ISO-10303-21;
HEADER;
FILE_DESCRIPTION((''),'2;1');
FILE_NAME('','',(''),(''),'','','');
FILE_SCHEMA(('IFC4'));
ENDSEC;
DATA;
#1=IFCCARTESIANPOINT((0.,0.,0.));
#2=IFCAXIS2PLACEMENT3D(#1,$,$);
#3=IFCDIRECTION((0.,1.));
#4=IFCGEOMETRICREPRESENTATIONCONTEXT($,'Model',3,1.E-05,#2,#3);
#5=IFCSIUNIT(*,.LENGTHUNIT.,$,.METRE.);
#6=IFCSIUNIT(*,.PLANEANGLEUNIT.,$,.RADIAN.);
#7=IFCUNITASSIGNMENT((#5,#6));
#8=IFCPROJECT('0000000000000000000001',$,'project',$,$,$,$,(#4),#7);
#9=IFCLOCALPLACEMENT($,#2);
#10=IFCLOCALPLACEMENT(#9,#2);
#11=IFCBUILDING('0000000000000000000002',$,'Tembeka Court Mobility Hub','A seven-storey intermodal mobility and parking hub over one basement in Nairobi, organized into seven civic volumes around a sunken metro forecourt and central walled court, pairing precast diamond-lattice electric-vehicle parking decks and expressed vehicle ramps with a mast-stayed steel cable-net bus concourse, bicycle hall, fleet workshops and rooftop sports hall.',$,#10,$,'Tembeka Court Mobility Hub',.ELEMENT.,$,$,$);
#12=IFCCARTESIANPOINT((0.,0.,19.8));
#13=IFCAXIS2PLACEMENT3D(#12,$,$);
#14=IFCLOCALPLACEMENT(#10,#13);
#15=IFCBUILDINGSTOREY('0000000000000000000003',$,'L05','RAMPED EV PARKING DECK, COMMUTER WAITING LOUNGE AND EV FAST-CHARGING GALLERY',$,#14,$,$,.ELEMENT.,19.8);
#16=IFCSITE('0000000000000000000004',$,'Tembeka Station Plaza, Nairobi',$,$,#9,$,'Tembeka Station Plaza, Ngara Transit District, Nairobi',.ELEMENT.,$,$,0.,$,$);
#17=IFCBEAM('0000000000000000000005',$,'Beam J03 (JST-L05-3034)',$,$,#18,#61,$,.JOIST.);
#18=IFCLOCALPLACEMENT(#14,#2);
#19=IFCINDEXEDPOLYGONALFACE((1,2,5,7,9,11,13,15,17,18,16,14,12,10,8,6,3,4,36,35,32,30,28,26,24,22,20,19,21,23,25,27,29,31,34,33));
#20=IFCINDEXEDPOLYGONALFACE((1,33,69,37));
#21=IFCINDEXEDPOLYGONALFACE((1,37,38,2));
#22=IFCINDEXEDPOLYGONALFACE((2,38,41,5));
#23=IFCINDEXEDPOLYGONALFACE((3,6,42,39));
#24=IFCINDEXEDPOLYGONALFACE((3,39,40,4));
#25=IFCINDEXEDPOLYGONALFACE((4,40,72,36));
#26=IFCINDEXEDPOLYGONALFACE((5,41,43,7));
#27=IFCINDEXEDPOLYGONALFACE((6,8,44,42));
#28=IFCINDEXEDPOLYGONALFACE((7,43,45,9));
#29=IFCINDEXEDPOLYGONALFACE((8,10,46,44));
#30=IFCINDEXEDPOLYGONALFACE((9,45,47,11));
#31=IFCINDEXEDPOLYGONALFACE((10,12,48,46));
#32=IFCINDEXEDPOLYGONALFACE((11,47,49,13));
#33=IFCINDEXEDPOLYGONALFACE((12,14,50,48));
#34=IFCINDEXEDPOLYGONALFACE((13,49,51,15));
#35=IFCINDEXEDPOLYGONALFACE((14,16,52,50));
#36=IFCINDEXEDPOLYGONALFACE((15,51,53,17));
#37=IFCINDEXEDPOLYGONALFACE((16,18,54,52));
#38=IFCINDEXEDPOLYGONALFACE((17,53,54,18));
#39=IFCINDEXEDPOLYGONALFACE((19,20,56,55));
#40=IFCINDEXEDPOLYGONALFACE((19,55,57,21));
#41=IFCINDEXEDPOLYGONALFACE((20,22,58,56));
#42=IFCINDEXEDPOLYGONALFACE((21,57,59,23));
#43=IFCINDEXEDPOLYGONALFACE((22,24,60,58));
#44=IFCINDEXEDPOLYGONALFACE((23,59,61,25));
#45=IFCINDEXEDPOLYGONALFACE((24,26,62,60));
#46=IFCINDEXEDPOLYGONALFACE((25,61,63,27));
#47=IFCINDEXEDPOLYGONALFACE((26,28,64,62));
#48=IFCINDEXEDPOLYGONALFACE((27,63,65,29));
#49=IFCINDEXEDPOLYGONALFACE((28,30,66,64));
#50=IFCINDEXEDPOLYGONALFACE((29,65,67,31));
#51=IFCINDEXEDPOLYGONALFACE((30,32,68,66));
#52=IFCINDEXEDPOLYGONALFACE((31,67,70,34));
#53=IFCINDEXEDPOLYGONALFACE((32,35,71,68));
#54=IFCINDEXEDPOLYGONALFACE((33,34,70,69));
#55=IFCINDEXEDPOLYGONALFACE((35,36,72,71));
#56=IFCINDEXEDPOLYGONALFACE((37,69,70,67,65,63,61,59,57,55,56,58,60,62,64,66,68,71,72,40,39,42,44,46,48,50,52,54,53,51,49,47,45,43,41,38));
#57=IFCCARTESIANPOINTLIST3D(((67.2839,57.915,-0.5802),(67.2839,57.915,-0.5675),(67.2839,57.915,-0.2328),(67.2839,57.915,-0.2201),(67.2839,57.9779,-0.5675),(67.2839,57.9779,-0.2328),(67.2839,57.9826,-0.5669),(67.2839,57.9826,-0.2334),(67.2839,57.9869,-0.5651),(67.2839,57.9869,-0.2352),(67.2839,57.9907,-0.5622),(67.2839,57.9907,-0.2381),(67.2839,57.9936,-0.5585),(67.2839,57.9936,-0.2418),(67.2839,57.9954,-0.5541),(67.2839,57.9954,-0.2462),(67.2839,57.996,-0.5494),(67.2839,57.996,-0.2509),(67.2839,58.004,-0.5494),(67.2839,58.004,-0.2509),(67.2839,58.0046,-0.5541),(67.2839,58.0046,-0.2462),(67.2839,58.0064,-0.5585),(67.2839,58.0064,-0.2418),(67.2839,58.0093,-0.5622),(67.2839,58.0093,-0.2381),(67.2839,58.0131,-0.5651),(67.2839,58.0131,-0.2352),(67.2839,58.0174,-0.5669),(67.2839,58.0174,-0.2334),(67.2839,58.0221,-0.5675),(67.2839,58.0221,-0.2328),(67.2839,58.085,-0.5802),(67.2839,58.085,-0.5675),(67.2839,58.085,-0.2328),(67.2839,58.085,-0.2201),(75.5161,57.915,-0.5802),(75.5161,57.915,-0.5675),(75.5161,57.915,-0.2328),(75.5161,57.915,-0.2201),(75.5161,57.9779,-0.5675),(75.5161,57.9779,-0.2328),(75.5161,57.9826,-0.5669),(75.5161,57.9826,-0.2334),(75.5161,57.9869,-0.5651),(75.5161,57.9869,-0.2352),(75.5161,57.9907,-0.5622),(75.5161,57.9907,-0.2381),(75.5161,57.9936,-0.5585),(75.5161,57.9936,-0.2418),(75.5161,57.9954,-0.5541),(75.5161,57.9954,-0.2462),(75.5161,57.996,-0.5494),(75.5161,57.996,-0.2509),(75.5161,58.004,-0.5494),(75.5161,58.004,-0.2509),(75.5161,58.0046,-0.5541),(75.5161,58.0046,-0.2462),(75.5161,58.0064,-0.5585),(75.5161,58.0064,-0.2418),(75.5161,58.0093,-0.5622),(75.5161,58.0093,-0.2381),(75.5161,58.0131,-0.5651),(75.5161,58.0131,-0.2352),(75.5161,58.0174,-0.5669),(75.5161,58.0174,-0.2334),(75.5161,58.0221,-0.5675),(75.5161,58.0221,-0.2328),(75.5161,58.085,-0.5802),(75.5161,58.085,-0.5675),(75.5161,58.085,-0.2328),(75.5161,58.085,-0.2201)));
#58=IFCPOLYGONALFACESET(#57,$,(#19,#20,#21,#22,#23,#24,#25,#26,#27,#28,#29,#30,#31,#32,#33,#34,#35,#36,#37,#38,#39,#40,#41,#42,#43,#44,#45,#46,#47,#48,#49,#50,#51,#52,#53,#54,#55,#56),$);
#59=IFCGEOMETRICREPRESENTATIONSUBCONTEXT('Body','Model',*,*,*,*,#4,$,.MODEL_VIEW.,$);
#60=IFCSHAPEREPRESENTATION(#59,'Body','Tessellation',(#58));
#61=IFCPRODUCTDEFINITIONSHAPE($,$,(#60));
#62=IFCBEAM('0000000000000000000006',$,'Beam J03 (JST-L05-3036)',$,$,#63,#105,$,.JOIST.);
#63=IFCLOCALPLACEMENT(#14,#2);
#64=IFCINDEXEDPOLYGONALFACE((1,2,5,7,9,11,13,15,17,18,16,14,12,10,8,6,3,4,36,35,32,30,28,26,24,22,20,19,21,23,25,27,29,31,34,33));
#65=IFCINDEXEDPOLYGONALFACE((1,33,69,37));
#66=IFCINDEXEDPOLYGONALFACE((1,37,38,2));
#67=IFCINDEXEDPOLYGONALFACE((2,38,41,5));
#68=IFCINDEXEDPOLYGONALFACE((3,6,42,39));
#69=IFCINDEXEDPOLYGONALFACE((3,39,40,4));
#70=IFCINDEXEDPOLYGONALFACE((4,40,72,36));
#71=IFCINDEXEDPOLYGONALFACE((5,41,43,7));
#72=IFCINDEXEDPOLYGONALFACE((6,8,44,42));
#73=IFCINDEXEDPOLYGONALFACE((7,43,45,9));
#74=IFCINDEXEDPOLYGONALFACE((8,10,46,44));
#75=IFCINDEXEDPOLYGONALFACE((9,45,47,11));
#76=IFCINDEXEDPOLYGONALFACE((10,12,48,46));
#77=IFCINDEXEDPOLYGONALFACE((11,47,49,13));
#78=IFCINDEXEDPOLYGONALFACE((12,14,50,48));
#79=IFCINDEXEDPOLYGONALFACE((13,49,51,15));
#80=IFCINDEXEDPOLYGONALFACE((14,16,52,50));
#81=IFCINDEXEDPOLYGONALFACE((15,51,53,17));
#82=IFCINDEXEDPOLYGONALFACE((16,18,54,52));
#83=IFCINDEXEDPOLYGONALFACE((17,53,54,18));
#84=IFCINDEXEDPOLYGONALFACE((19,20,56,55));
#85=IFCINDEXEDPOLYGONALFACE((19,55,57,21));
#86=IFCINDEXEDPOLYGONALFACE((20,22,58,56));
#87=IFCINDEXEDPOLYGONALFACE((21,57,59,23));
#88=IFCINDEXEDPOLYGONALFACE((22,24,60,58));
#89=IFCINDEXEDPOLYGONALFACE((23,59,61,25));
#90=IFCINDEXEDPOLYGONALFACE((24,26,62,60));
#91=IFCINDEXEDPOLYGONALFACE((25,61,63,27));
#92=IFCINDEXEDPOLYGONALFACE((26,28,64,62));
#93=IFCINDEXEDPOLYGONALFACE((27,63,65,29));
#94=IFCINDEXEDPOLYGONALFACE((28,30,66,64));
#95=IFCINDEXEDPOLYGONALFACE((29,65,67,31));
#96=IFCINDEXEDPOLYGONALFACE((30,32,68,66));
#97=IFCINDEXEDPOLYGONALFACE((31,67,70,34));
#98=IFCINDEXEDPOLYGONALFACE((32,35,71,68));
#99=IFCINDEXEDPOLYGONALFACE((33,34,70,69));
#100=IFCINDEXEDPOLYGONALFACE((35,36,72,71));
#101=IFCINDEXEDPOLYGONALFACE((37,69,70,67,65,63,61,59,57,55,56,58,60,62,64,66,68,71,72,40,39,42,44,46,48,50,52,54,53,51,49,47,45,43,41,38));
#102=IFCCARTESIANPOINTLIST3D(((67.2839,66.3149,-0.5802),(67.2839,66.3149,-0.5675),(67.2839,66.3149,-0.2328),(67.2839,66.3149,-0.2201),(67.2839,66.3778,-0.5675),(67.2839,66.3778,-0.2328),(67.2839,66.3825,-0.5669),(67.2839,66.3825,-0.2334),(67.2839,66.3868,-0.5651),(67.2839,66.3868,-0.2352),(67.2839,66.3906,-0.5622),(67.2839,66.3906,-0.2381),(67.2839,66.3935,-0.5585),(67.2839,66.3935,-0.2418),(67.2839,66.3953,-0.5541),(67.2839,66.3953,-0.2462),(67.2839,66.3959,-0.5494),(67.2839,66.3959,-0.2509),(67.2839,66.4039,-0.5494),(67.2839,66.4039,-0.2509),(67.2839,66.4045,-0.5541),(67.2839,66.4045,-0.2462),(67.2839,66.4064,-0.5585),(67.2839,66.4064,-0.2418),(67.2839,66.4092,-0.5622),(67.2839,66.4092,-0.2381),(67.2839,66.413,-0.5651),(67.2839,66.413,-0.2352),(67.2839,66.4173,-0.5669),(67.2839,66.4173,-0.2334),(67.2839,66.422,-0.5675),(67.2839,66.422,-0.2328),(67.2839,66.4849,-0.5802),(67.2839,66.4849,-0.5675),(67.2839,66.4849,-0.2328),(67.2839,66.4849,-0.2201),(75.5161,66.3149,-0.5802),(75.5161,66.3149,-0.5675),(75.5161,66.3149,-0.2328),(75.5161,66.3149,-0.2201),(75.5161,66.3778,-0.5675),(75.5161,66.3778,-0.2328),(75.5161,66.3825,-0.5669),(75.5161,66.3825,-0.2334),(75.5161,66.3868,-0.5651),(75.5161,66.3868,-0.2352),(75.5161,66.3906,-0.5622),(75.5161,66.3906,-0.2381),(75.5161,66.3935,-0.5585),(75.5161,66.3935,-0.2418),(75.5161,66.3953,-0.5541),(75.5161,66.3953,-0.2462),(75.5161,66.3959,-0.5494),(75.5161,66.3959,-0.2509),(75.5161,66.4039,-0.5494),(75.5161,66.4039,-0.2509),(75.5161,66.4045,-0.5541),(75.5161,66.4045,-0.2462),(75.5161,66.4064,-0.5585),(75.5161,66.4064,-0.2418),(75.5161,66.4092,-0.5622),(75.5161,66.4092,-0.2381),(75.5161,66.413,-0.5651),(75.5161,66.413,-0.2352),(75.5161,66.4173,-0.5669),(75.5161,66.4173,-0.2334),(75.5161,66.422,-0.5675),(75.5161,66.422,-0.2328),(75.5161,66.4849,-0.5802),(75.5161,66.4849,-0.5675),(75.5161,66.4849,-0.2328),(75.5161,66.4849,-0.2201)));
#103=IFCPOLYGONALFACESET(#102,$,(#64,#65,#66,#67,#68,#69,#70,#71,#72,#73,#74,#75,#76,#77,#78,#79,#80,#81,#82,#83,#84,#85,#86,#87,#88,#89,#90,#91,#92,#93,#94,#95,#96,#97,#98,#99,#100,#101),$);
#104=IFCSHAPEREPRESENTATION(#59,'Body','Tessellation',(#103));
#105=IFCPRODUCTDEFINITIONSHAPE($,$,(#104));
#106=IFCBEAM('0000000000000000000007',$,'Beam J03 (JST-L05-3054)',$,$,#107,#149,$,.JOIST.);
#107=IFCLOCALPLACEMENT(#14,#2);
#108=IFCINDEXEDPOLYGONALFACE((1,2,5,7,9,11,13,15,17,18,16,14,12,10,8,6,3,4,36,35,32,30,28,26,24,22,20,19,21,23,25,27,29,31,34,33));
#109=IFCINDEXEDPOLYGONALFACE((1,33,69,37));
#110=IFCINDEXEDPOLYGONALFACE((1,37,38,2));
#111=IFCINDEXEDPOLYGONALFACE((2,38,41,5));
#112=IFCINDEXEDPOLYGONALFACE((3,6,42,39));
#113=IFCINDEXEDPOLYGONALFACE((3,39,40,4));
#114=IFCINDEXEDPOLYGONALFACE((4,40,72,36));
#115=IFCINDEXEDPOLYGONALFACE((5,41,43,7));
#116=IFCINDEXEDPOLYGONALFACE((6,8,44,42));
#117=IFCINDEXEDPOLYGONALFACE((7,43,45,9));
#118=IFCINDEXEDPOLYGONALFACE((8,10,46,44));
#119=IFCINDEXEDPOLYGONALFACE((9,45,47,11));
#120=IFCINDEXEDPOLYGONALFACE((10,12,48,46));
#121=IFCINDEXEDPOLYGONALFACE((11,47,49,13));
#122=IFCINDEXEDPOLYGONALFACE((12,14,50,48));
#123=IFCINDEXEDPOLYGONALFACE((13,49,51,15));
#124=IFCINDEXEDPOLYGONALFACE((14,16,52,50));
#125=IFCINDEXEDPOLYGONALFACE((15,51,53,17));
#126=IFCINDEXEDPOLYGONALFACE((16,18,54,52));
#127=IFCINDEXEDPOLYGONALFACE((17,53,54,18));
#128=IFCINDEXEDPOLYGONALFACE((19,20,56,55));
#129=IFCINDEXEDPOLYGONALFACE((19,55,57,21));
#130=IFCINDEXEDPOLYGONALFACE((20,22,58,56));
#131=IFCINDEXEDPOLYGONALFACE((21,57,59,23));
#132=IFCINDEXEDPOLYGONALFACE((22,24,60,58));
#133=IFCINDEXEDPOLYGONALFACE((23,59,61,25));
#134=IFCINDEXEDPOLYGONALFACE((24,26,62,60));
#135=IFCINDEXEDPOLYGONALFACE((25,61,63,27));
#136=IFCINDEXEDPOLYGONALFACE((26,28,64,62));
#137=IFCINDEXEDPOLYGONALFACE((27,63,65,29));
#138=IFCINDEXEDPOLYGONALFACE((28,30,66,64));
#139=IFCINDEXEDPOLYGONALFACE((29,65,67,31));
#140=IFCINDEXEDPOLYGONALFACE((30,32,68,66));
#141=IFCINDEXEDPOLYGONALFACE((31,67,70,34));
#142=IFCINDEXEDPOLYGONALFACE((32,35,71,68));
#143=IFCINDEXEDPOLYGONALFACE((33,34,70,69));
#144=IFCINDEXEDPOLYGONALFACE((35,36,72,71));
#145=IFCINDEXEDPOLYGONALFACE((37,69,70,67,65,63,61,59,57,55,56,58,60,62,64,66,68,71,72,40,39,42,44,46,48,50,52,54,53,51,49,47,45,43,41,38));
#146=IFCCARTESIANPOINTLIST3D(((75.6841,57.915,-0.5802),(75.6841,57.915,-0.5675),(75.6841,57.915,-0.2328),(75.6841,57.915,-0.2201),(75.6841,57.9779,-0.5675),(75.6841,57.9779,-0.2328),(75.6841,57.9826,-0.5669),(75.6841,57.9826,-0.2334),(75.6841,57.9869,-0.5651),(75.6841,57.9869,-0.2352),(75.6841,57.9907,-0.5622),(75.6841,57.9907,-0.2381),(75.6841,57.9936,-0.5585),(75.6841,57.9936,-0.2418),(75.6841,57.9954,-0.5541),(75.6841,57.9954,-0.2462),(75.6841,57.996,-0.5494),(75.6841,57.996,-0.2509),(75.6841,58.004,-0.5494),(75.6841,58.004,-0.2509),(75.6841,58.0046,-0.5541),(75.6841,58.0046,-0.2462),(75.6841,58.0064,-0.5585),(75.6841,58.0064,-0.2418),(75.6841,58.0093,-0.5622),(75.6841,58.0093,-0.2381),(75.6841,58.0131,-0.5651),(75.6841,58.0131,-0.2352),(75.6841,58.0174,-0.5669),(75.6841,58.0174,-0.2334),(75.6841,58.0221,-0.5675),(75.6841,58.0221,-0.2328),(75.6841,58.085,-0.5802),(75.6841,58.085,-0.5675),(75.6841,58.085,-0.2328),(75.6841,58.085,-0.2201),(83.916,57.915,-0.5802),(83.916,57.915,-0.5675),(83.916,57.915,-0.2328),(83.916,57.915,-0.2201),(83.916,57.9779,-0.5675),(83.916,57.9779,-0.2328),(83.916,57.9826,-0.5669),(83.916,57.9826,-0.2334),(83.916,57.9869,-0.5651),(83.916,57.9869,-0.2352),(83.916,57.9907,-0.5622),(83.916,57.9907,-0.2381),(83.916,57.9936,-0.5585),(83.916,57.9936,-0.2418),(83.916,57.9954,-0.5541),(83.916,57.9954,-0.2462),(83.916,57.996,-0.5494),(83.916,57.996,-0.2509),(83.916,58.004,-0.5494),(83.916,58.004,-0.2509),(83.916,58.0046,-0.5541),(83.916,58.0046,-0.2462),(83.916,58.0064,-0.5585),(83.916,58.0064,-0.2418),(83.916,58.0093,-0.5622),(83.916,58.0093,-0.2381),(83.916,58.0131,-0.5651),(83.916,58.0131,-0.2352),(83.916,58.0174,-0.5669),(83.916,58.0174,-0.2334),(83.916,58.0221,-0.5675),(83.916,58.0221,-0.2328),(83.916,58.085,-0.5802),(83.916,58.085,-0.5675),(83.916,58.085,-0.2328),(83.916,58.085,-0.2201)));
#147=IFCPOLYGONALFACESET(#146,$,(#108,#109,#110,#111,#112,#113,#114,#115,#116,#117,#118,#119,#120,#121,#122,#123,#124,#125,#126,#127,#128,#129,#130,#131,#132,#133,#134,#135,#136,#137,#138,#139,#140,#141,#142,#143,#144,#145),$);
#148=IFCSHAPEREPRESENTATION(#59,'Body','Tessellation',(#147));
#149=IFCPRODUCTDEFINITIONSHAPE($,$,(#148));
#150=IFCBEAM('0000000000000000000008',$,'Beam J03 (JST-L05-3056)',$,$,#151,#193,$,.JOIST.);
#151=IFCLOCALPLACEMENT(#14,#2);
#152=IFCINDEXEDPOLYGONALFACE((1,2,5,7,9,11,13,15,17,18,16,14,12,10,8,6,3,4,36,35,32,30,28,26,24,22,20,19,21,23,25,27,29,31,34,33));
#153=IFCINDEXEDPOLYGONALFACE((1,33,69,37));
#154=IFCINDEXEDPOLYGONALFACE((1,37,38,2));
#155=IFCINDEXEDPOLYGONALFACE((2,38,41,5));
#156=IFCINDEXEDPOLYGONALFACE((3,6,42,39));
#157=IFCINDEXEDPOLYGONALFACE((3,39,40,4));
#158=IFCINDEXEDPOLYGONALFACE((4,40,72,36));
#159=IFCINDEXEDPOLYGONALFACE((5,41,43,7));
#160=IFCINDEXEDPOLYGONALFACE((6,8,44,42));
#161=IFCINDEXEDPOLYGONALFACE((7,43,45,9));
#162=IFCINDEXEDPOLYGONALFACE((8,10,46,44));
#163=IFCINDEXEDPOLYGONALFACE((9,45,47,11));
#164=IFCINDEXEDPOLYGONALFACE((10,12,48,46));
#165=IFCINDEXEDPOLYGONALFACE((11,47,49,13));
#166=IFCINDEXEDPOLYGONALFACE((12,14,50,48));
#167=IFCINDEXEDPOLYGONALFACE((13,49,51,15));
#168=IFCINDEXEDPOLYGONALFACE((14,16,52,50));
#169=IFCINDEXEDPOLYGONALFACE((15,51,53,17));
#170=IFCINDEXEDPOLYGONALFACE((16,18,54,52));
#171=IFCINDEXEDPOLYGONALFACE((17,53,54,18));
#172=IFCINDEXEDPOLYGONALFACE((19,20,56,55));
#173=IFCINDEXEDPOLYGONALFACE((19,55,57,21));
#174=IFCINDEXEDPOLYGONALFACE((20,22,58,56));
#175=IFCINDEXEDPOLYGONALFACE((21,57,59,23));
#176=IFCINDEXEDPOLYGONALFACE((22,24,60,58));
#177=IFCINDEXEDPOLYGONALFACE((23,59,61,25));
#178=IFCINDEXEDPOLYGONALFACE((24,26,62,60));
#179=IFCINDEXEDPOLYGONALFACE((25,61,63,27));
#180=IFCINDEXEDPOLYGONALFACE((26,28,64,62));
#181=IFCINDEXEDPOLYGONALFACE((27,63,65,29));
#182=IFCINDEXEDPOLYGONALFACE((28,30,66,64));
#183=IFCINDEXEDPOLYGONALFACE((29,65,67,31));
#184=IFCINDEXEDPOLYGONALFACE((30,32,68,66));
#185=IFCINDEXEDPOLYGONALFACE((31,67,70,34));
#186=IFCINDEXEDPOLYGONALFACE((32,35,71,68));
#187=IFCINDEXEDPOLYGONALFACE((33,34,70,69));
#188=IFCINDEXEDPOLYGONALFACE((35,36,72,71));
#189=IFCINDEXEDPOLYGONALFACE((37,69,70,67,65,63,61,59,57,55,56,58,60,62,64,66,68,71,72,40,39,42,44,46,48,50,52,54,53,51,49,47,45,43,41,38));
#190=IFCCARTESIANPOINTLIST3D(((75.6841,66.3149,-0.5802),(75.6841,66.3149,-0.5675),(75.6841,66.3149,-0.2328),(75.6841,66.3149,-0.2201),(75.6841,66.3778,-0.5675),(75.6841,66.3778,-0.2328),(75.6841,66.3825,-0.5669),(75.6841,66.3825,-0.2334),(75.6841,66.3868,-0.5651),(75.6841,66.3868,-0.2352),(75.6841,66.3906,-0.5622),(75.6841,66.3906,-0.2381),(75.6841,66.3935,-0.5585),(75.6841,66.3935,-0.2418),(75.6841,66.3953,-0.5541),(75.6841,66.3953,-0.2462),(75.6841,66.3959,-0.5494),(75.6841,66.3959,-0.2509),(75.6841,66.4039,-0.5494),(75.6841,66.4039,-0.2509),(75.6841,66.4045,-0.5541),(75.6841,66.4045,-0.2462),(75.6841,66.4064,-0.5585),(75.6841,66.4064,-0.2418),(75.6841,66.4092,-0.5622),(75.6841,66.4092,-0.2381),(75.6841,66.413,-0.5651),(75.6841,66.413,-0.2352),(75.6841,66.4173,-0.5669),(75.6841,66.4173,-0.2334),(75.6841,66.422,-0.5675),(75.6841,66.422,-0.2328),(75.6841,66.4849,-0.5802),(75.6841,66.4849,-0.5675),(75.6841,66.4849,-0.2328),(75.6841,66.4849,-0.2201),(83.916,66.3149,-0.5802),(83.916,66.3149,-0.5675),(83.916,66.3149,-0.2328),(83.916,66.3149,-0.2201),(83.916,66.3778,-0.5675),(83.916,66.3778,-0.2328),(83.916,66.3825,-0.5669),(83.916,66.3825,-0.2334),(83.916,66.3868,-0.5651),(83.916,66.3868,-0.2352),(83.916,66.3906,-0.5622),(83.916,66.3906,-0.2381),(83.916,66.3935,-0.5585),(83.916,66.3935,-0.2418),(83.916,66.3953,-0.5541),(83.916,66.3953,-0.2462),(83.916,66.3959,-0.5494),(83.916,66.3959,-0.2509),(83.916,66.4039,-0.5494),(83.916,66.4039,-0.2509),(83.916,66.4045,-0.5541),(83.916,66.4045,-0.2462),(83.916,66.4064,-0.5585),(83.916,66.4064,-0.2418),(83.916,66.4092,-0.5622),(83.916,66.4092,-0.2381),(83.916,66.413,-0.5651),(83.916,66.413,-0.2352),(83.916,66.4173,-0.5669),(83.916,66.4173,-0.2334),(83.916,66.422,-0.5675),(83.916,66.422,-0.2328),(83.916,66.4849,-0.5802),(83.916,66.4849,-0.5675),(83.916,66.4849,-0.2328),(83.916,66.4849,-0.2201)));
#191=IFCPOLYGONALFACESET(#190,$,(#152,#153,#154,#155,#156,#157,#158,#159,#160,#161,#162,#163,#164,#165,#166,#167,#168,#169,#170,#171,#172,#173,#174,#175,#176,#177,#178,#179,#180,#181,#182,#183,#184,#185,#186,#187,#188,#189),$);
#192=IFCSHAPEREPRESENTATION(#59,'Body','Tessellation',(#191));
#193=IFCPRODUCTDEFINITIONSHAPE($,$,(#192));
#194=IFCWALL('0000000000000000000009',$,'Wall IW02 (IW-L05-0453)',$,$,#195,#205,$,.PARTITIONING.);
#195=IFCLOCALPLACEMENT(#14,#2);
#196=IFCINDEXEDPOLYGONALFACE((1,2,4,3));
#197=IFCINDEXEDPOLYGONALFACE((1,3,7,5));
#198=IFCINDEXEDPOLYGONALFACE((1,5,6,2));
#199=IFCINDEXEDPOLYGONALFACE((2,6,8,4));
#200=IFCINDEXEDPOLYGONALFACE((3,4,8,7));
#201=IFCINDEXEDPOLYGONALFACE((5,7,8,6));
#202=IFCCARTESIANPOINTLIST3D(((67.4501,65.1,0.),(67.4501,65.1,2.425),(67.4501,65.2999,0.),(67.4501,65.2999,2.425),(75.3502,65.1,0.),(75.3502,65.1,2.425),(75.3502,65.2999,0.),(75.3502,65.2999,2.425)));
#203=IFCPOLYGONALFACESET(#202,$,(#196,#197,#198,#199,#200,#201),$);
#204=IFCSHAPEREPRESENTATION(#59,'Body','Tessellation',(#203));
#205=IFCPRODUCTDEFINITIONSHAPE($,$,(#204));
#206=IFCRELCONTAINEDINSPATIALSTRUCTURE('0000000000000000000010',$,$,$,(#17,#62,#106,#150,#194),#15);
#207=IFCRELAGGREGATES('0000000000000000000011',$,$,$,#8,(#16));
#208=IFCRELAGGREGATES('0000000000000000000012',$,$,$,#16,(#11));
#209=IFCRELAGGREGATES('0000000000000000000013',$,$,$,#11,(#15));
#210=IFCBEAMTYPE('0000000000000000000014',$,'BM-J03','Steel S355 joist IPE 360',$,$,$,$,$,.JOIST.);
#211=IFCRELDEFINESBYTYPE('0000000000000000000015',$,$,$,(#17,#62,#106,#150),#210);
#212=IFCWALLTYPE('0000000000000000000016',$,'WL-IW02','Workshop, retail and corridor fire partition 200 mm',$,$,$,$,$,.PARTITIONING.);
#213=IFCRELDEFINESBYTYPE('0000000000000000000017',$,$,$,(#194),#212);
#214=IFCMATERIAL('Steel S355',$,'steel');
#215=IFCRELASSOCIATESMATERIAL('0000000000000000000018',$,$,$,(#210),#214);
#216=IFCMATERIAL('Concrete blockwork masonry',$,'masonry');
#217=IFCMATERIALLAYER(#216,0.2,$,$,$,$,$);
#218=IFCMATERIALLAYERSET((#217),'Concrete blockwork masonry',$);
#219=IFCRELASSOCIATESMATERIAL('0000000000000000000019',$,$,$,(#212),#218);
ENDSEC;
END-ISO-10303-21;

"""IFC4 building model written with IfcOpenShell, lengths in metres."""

from ifc_helpers import new_model, si_unit, direction, frame, frame_2d, origin, origin_2d, place, context, subcontext, project, spatial, rectangle, i_section, extrude, material, layer, layer_set, material_profile, profile_set, type_object, element, save


model = new_model("IFC4")

# Units and contexts
model_context = context("Model", 3, precision=1e-05, world=origin(), true_north=direction((0.0, 1.0)))
body_context = subcontext(model_context, "Body", "Model", "MODEL_VIEW")
ifc_project = project(units=[si_unit("LENGTHUNIT", "METRE"), si_unit("PLANEANGLEUNIT", "RADIAN")], contexts=[model_context])

# Site, building, storey
site_placement = place(None, origin())
site = spatial("IfcSite", under=ifc_project, at=site_placement, Name="Tembeka Station Plaza, Nairobi", LongName="Tembeka Station Plaza, Ngara Transit District, Nairobi", CompositionType="ELEMENT", RefElevation=0.0)
building_placement = place(site_placement, origin())
building = spatial("IfcBuilding", under=site, at=building_placement, Name="Tembeka Court Mobility Hub", Description="A seven-storey intermodal mobility and parking hub over one basement in Nairobi, organized into seven civic volumes around a sunken metro forecourt and central walled court, pairing precast diamond-lattice electric-vehicle parking decks and expressed vehicle ramps with a mast-stayed steel cable-net bus concourse, bicycle hall, fleet workshops and rooftop sports hall.", LongName="Tembeka Court Mobility Hub", CompositionType="ELEMENT")
storey_placement = place(building_placement, frame((0.0, 0.0, 19.8)))
storey = spatial("IfcBuildingStorey", under=building, at=storey_placement, Name="L05", Description="RAMPED EV PARKING DECK, COMMUTER WAITING LOUNGE AND EV FAST-CHARGING GALLERY", CompositionType="ELEMENT", Elevation=19.8)

# Shared definitions
ifc_material_1 = material(Name="Steel S355", Category="steel")

# Beams
ifc_material_profile_1 = material_profile(ifc_material_1, i_section(OverallWidth=0.1699, OverallDepth=0.3601, WebThickness=0.0081, FlangeThickness=0.0127, FilletRadius=0.0181, at=origin_2d()), Name="IPE 360")
ifc_profile_set_1 = profile_set([ifc_material_profile_1], Name="Steel S355")
beam_type_1 = type_object("IfcBeamType", Name="BM-J03", Description="Steel S355 joist IPE 360", PredefinedType="JOIST", material=ifc_profile_set_1)
for number, where, z_axis, x_axis, name in (
    (1, (67.2839, 58.0, -0.4001), (1.0, 0.0, 0.0), (0.0, 1.0, 0.0), "Beam J03 (JST-L05-3034)"),
    (2, (67.2839, 66.3999, -0.4001), (1.0, 0.0, 0.0), (0.0, 1.0, 0.0), "Beam J03 (JST-L05-3036)"),
):
    element("IfcBeam", number, at=place(storey_placement, frame(where, z_axis=z_axis, x_axis=x_axis)), inside=storey, type_object=beam_type_1, Name=name, PredefinedType="JOIST", context=body_context, shape_type="SweptSolid", body=[
        extrude(i_section(OverallWidth=0.1699, OverallDepth=0.3601, WebThickness=0.0081, FlangeThickness=0.0127, FilletRadius=0.0181, at=origin_2d()), origin(), (0.0, 0.0, 1.0), 8.2322),
    ])
for number, where, z_axis, x_axis, name in (
    (3, (75.6841, 58.0, -0.4001), (1.0, 0.0, 0.0), (0.0, 1.0, 0.0), "Beam J03 (JST-L05-3054)"),
    (4, (75.6841, 66.3999, -0.4001), (1.0, 0.0, 0.0), (0.0, 1.0, 0.0), "Beam J03 (JST-L05-3056)"),
):
    element("IfcBeam", number, at=place(storey_placement, frame(where, z_axis=z_axis, x_axis=x_axis)), inside=storey, type_object=beam_type_1, Name=name, PredefinedType="JOIST", context=body_context, shape_type="SweptSolid", body=[
        extrude(i_section(OverallWidth=0.1699, OverallDepth=0.3601, WebThickness=0.0081, FlangeThickness=0.0127, FilletRadius=0.0181, at=origin_2d()), origin(), (0.0, 0.0, 1.0), 8.2319),
    ])

# Wall
ifc_material_2 = material(Name="Concrete blockwork masonry", Category="masonry")
ifc_layer = layer(ifc_material_2, 0.2)
ifc_layer_set = layer_set([ifc_layer], Name="Concrete blockwork masonry")
wall_type = type_object("IfcWallType", Name="WL-IW02", Description="Workshop, retail and corridor fire partition 200 mm", PredefinedType="PARTITIONING", material=ifc_layer_set)
wall_placement = place(storey_placement, frame((67.45, 65.2, 0.0), z_axis=(0.0, 0.0, 1.0), x_axis=(1.0, 0.0, 0.0)))
element("IfcWall", 5, at=wall_placement, inside=storey, type_object=wall_type, Name="Wall IW02 (IW-L05-0453)", PredefinedType="PARTITIONING", context=body_context, shape_type="SweptSolid", body=[
    extrude(rectangle(XDim=7.9001, YDim=0.2, at=frame_2d((3.9502, 0.0))), origin(), (0.0, 0.0, 1.0), 2.425),
])

save(model, "model.ifc")
